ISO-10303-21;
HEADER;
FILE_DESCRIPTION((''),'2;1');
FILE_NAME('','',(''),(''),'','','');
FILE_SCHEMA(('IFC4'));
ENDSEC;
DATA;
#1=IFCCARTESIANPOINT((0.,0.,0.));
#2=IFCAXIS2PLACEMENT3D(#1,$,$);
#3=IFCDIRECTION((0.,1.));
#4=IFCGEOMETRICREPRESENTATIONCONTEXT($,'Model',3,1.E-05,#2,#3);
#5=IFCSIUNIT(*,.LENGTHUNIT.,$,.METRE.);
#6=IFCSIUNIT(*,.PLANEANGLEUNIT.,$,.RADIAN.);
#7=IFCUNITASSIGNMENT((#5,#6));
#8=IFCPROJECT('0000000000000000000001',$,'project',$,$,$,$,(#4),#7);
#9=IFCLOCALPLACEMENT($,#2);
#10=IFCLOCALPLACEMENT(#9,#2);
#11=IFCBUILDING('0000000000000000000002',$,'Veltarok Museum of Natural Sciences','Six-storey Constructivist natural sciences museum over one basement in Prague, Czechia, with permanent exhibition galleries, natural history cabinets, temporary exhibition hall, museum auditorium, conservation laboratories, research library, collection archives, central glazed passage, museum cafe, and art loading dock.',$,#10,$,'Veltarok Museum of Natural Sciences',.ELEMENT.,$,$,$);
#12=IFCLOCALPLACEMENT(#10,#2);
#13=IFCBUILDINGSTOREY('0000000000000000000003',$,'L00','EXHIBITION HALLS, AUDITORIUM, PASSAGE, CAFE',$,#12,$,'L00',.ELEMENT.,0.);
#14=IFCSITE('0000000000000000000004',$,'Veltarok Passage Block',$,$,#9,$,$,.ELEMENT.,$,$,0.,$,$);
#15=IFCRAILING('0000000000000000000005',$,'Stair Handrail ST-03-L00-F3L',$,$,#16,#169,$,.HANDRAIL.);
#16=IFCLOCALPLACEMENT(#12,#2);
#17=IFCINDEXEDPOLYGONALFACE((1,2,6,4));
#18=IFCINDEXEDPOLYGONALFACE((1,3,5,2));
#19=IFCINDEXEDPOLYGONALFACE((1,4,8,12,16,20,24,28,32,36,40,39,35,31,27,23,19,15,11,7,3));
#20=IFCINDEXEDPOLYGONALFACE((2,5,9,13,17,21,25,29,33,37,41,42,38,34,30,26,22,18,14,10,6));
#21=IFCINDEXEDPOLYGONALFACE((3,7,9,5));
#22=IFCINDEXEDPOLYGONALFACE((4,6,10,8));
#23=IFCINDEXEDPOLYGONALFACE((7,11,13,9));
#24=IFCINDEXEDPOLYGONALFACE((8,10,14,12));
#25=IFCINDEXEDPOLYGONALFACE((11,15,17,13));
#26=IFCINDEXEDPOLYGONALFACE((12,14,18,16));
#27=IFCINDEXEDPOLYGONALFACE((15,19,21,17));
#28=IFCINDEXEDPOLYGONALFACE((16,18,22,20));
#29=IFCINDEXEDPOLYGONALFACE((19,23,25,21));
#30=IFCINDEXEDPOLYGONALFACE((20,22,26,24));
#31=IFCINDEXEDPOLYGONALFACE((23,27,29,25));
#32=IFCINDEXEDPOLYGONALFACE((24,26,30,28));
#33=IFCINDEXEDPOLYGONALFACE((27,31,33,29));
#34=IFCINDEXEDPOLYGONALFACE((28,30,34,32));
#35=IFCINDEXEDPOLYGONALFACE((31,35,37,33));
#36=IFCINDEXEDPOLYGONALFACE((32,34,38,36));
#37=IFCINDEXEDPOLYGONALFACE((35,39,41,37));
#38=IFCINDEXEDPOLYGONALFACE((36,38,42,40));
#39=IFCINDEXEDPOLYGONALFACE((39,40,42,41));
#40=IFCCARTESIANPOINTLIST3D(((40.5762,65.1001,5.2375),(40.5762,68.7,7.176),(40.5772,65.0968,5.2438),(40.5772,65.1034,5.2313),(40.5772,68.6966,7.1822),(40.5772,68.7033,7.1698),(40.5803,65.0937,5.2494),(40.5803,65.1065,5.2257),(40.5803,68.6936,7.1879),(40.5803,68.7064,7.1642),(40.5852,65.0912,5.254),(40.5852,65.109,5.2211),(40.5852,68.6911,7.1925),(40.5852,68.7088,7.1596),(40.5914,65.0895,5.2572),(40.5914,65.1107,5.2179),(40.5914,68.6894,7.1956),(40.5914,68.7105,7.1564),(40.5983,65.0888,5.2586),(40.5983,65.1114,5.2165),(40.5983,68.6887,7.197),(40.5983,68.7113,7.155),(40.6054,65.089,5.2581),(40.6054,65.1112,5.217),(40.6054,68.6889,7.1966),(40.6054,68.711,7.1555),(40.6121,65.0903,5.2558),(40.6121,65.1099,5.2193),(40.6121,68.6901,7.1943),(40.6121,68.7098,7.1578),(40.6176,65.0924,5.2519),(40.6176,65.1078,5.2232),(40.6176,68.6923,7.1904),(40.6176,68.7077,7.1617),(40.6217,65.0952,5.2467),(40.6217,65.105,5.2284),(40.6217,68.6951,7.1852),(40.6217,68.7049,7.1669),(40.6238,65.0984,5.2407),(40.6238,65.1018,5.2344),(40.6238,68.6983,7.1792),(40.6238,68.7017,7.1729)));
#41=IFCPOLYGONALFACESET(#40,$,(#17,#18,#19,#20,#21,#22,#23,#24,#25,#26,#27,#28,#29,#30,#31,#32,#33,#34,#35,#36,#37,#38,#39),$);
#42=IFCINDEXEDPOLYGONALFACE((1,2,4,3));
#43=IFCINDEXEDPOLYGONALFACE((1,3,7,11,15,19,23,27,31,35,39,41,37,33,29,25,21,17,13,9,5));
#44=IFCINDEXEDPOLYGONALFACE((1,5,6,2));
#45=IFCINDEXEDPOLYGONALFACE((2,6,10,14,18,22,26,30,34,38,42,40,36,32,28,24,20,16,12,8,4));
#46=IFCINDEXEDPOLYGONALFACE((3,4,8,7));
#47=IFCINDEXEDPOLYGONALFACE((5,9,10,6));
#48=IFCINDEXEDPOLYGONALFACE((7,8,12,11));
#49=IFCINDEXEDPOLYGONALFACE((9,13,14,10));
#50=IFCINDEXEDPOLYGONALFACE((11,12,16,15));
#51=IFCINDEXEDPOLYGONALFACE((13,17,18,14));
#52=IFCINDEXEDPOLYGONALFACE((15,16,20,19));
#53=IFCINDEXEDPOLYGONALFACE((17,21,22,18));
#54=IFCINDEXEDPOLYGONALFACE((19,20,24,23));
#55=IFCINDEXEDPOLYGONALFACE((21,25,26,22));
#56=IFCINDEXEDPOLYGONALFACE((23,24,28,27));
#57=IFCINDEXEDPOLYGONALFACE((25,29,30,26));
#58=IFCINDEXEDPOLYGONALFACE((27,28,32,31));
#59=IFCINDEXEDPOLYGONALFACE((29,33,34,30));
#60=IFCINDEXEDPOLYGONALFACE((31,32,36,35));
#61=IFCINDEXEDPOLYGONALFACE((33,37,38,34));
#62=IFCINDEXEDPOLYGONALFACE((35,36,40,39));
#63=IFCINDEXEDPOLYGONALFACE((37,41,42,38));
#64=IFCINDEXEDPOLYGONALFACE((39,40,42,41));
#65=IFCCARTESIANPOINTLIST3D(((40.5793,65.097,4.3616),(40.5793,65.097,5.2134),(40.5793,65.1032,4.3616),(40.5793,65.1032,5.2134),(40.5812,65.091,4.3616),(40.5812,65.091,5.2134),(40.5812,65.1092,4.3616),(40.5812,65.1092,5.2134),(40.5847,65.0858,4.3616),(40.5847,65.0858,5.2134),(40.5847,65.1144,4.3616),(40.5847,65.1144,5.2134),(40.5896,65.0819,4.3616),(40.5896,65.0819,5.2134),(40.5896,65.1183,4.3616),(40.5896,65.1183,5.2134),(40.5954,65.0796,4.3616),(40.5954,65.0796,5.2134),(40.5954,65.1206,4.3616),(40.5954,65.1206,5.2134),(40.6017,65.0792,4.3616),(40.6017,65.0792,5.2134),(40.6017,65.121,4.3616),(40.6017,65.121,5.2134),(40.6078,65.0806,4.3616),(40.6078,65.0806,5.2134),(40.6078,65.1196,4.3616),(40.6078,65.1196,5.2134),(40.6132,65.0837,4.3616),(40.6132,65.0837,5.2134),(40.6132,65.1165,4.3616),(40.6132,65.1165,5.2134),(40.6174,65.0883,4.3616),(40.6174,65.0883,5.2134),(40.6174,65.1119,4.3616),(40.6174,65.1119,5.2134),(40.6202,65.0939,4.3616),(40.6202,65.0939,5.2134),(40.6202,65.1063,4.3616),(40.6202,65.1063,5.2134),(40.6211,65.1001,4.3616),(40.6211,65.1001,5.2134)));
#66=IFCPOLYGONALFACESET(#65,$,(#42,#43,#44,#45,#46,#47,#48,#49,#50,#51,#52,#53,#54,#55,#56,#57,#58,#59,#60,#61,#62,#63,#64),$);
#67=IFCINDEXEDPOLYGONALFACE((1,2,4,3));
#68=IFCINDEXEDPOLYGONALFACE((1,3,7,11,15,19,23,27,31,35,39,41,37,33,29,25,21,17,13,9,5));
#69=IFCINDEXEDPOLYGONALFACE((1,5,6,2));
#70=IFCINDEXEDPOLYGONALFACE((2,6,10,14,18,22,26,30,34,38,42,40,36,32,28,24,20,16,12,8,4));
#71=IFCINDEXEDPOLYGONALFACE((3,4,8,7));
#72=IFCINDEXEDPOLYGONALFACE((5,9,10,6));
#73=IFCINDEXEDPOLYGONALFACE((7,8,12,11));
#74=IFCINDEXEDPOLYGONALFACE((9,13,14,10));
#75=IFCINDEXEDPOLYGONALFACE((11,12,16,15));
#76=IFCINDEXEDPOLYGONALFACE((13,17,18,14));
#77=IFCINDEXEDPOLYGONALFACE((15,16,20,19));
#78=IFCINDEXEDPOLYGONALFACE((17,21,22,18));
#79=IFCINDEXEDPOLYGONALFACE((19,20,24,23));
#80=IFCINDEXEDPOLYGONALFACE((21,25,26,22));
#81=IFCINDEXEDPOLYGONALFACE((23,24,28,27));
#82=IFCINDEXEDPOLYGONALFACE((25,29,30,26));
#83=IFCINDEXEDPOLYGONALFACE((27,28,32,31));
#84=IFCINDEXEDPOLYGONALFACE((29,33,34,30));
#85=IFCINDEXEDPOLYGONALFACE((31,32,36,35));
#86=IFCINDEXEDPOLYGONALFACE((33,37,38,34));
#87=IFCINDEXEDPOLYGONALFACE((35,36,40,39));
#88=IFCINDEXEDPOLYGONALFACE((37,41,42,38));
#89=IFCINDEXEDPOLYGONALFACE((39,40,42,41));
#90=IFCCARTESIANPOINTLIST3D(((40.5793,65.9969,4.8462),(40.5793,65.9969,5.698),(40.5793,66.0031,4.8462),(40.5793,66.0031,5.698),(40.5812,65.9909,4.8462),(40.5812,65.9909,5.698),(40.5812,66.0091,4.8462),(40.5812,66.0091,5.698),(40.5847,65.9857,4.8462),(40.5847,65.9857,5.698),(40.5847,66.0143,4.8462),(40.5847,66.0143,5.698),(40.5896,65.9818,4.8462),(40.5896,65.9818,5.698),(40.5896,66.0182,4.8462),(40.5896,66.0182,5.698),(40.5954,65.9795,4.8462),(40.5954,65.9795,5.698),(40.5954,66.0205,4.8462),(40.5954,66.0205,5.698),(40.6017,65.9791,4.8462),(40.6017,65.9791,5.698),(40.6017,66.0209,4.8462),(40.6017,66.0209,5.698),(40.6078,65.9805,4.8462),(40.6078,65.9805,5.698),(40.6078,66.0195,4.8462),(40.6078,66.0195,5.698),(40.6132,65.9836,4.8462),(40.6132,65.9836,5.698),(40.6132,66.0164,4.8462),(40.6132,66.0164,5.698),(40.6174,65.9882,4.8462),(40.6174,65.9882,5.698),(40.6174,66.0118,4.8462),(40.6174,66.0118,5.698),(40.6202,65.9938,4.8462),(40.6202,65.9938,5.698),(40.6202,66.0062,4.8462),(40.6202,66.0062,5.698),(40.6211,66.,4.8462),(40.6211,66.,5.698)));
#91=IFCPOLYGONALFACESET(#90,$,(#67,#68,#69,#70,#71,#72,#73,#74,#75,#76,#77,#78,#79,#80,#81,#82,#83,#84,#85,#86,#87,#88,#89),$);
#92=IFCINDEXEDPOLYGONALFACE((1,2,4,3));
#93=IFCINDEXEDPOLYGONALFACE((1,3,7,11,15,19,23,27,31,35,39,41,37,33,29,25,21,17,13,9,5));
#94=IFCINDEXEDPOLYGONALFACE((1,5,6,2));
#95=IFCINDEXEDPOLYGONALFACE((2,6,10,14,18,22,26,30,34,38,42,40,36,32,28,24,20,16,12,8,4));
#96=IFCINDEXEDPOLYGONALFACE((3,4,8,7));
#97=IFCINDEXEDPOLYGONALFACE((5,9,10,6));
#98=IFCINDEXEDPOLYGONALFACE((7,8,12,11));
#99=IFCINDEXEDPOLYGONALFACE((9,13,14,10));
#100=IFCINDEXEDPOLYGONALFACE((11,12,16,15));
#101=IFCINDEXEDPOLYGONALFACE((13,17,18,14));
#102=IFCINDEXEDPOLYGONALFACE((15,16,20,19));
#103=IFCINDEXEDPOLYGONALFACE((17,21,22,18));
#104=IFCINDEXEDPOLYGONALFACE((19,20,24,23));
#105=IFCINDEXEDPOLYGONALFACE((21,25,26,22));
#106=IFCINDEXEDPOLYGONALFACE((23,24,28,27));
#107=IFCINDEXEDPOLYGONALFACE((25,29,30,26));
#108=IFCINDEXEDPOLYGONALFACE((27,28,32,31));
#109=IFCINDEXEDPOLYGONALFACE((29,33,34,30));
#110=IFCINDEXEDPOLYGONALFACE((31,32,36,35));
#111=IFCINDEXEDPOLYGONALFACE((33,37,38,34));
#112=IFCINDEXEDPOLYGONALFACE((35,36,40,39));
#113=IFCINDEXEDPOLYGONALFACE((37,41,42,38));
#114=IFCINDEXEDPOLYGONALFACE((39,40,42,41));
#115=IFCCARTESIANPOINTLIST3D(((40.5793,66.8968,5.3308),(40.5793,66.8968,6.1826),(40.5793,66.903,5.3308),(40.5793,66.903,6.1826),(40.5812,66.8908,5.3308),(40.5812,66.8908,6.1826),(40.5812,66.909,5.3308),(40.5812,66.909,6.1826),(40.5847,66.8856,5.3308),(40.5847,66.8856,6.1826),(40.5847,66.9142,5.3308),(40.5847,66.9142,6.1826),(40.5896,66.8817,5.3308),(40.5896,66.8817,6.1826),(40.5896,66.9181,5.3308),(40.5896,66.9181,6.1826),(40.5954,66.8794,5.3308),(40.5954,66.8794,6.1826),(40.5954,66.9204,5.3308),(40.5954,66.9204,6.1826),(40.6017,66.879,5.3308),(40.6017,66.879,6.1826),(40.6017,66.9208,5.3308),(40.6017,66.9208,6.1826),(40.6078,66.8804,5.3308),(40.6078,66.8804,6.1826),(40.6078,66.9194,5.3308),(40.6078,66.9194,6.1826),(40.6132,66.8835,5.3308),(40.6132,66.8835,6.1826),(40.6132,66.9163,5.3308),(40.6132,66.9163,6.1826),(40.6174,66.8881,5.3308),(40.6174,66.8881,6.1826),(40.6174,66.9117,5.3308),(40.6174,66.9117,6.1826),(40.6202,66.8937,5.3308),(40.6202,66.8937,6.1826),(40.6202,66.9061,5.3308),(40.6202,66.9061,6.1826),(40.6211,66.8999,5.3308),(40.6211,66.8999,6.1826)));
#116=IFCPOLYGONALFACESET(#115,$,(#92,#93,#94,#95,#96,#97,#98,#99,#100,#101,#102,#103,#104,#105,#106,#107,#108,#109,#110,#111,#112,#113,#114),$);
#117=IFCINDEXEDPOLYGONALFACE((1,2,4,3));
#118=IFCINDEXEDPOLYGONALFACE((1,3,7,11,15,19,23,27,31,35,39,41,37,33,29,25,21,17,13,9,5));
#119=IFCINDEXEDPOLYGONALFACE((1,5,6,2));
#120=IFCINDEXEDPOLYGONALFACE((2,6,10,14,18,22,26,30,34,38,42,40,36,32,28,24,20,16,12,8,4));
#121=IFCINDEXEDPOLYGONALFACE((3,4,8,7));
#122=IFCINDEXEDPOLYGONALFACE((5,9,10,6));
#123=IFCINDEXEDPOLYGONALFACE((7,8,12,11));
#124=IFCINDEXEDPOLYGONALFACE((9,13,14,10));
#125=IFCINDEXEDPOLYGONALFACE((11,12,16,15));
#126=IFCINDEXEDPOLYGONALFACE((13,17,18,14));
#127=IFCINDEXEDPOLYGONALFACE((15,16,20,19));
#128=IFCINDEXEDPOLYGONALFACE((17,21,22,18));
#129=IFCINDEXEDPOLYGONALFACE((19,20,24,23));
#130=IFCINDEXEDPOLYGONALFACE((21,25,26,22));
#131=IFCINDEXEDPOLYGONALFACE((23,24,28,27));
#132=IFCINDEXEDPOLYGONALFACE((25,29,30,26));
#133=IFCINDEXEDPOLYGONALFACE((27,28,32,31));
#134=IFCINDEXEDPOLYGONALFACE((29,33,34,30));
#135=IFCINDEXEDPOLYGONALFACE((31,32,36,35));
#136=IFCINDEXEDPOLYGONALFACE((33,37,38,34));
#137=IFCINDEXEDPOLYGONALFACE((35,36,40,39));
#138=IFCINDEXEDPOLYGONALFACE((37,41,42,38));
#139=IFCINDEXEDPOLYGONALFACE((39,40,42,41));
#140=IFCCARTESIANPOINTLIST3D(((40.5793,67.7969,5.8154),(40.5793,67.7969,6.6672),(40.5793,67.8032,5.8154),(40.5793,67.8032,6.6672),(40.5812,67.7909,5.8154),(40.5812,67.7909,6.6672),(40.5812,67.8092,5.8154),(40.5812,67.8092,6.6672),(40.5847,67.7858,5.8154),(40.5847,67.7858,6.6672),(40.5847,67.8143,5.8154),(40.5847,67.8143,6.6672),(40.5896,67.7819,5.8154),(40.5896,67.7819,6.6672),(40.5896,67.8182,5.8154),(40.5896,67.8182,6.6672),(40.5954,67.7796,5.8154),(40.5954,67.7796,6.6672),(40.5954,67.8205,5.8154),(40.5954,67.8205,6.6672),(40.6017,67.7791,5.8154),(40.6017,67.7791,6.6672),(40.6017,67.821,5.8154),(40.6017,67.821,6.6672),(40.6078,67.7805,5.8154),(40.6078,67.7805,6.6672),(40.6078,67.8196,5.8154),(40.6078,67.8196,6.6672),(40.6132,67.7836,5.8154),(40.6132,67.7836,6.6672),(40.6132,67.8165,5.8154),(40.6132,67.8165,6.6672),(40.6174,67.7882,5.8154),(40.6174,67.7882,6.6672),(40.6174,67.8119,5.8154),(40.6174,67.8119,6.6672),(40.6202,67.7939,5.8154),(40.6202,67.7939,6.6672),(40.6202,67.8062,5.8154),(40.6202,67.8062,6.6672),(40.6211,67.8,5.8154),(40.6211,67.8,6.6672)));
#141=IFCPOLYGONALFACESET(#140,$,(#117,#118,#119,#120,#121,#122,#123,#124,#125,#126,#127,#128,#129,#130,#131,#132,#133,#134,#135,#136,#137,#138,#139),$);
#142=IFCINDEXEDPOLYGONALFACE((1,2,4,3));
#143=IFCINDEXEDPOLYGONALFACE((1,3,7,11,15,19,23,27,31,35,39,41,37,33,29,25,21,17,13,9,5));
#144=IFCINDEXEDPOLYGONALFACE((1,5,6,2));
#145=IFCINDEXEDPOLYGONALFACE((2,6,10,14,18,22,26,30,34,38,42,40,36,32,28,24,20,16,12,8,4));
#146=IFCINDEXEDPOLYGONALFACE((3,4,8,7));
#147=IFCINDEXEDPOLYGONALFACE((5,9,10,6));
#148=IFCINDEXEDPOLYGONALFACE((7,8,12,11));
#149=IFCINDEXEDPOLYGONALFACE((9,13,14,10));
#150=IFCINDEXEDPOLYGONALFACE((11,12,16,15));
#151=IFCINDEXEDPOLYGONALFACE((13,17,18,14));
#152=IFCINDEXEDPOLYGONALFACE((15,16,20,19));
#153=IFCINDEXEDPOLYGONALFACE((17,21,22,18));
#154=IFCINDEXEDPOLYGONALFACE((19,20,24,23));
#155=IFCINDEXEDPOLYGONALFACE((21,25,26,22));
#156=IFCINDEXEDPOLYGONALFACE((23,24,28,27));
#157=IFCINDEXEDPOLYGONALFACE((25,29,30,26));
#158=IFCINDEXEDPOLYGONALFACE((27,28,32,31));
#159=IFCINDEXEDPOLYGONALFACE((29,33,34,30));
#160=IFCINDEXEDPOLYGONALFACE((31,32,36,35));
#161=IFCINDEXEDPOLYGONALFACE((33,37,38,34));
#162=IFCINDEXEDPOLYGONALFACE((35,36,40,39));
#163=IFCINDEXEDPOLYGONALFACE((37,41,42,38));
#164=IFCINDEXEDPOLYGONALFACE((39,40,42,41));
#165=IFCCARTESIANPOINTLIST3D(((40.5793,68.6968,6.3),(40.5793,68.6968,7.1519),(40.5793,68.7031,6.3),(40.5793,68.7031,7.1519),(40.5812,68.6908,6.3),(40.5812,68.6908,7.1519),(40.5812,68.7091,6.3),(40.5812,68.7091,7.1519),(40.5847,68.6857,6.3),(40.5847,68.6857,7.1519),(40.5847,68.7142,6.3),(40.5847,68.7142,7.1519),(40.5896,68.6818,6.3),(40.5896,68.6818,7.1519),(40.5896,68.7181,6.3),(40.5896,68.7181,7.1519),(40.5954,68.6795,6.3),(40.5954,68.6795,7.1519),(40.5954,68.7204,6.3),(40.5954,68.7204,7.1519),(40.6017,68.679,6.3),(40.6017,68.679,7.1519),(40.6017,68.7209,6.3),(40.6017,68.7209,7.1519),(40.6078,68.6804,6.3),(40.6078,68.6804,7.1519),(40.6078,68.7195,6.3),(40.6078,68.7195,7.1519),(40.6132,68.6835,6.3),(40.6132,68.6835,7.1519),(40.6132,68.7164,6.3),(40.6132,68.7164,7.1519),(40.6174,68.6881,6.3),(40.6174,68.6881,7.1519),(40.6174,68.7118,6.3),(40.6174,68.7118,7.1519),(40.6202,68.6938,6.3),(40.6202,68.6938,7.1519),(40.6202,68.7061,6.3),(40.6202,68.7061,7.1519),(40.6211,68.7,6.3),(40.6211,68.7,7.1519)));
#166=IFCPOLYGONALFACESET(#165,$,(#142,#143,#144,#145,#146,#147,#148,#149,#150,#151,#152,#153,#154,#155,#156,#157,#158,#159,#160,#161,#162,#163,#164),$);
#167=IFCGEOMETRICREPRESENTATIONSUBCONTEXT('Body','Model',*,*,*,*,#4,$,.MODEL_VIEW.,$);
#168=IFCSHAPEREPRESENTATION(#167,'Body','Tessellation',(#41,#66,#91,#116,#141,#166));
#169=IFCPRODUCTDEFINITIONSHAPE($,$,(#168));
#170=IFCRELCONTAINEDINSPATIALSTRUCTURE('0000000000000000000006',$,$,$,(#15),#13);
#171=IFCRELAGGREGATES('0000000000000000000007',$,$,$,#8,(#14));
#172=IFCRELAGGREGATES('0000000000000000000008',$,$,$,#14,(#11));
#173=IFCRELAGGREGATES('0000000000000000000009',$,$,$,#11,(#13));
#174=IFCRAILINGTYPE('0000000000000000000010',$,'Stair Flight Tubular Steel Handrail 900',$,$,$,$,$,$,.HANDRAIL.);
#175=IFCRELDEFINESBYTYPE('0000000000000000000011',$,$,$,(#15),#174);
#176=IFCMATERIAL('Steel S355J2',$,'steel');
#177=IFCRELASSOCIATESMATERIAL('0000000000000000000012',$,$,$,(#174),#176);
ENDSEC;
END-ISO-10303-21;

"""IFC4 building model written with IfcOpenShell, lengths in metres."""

from ifc_helpers import new_model, si_unit, direction, frame, origin, origin_2d, place, context, subcontext, project, spatial, circle, extrude, material, type_object, element, save


model = new_model("IFC4")

# Units and contexts
model_context = context("Model", 3, precision=1e-05, world=origin(), true_north=direction((0.0, 1.0)))
body_context = subcontext(model_context, "Body", "Model", "MODEL_VIEW")
ifc_project = project(units=[si_unit("LENGTHUNIT", "METRE"), si_unit("PLANEANGLEUNIT", "RADIAN")], contexts=[model_context])

# Site, building, storey
site_placement = place(None, origin())
site = spatial("IfcSite", under=ifc_project, at=site_placement, Name="Veltarok Passage Block", CompositionType="ELEMENT", RefElevation=0.0)
building_placement = place(site_placement, origin())
building = spatial("IfcBuilding", under=site, at=building_placement, Name="Veltarok Museum of Natural Sciences", Description="Six-storey Constructivist natural sciences museum over one basement in Prague, Czechia, with permanent exhibition galleries, natural history cabinets, temporary exhibition hall, museum auditorium, conservation laboratories, research library, collection archives, central glazed passage, museum cafe, and art loading dock.", LongName="Veltarok Museum of Natural Sciences", CompositionType="ELEMENT")
storey_placement = place(building_placement, origin())
storey = spatial("IfcBuildingStorey", under=building, at=storey_placement, Name="L00", Description="EXHIBITION HALLS, AUDITORIUM, PASSAGE, CAFE", LongName="L00", CompositionType="ELEMENT", Elevation=0.0)

# Shared definitions
ifc_material_1 = material(Name="Steel S355J2", Category="steel")

# Railing
railing_type_1 = type_object("IfcRailingType", Name="Stair Flight Tubular Steel Handrail 900", PredefinedType="HANDRAIL", material=ifc_material_1)
for number, where, name in (
    (1, (40.6001, 65.1001, 4.3616), "Stair Handrail ST-03-L00-F3L"),
):
    element("IfcRailing", number, at=place(storey_placement, frame(where)), inside=storey, type_object=railing_type_1, Name=name, PredefinedType="HANDRAIL", context=body_context, shape_type="SweptSolid", body=[
        extrude(circle(Radius=0.0239, at=origin_2d()), frame((0.0, 0.0, 0.876), z_axis=(0.0, 0.880462, 0.474118), x_axis=(-1.0, 0.0, 0.0)), (0.0, 0.0, 1.0), 4.0886),
        extrude(circle(Radius=0.021, at=origin_2d()), origin(), (0.0, 0.0, 1.0), 0.8518),
        extrude(circle(Radius=0.021, at=origin_2d()), frame((0.0, 0.8999, 0.4846)), (0.0, 0.0, 1.0), 0.8518),
        extrude(circle(Radius=0.021, at=origin_2d()), frame((0.0, 1.7998, 0.9692)), (0.0, 0.0, 1.0), 0.8518),
        extrude(circle(Radius=0.021, at=origin_2d()), frame((0.0, 2.7, 1.4539)), (0.0, 0.0, 1.0), 0.8518),
        extrude(circle(Radius=0.021, at=origin_2d()), frame((0.0, 3.5999, 1.9385)), (0.0, 0.0, 1.0), 0.8518),
    ])

save(model, "model.ifc")
